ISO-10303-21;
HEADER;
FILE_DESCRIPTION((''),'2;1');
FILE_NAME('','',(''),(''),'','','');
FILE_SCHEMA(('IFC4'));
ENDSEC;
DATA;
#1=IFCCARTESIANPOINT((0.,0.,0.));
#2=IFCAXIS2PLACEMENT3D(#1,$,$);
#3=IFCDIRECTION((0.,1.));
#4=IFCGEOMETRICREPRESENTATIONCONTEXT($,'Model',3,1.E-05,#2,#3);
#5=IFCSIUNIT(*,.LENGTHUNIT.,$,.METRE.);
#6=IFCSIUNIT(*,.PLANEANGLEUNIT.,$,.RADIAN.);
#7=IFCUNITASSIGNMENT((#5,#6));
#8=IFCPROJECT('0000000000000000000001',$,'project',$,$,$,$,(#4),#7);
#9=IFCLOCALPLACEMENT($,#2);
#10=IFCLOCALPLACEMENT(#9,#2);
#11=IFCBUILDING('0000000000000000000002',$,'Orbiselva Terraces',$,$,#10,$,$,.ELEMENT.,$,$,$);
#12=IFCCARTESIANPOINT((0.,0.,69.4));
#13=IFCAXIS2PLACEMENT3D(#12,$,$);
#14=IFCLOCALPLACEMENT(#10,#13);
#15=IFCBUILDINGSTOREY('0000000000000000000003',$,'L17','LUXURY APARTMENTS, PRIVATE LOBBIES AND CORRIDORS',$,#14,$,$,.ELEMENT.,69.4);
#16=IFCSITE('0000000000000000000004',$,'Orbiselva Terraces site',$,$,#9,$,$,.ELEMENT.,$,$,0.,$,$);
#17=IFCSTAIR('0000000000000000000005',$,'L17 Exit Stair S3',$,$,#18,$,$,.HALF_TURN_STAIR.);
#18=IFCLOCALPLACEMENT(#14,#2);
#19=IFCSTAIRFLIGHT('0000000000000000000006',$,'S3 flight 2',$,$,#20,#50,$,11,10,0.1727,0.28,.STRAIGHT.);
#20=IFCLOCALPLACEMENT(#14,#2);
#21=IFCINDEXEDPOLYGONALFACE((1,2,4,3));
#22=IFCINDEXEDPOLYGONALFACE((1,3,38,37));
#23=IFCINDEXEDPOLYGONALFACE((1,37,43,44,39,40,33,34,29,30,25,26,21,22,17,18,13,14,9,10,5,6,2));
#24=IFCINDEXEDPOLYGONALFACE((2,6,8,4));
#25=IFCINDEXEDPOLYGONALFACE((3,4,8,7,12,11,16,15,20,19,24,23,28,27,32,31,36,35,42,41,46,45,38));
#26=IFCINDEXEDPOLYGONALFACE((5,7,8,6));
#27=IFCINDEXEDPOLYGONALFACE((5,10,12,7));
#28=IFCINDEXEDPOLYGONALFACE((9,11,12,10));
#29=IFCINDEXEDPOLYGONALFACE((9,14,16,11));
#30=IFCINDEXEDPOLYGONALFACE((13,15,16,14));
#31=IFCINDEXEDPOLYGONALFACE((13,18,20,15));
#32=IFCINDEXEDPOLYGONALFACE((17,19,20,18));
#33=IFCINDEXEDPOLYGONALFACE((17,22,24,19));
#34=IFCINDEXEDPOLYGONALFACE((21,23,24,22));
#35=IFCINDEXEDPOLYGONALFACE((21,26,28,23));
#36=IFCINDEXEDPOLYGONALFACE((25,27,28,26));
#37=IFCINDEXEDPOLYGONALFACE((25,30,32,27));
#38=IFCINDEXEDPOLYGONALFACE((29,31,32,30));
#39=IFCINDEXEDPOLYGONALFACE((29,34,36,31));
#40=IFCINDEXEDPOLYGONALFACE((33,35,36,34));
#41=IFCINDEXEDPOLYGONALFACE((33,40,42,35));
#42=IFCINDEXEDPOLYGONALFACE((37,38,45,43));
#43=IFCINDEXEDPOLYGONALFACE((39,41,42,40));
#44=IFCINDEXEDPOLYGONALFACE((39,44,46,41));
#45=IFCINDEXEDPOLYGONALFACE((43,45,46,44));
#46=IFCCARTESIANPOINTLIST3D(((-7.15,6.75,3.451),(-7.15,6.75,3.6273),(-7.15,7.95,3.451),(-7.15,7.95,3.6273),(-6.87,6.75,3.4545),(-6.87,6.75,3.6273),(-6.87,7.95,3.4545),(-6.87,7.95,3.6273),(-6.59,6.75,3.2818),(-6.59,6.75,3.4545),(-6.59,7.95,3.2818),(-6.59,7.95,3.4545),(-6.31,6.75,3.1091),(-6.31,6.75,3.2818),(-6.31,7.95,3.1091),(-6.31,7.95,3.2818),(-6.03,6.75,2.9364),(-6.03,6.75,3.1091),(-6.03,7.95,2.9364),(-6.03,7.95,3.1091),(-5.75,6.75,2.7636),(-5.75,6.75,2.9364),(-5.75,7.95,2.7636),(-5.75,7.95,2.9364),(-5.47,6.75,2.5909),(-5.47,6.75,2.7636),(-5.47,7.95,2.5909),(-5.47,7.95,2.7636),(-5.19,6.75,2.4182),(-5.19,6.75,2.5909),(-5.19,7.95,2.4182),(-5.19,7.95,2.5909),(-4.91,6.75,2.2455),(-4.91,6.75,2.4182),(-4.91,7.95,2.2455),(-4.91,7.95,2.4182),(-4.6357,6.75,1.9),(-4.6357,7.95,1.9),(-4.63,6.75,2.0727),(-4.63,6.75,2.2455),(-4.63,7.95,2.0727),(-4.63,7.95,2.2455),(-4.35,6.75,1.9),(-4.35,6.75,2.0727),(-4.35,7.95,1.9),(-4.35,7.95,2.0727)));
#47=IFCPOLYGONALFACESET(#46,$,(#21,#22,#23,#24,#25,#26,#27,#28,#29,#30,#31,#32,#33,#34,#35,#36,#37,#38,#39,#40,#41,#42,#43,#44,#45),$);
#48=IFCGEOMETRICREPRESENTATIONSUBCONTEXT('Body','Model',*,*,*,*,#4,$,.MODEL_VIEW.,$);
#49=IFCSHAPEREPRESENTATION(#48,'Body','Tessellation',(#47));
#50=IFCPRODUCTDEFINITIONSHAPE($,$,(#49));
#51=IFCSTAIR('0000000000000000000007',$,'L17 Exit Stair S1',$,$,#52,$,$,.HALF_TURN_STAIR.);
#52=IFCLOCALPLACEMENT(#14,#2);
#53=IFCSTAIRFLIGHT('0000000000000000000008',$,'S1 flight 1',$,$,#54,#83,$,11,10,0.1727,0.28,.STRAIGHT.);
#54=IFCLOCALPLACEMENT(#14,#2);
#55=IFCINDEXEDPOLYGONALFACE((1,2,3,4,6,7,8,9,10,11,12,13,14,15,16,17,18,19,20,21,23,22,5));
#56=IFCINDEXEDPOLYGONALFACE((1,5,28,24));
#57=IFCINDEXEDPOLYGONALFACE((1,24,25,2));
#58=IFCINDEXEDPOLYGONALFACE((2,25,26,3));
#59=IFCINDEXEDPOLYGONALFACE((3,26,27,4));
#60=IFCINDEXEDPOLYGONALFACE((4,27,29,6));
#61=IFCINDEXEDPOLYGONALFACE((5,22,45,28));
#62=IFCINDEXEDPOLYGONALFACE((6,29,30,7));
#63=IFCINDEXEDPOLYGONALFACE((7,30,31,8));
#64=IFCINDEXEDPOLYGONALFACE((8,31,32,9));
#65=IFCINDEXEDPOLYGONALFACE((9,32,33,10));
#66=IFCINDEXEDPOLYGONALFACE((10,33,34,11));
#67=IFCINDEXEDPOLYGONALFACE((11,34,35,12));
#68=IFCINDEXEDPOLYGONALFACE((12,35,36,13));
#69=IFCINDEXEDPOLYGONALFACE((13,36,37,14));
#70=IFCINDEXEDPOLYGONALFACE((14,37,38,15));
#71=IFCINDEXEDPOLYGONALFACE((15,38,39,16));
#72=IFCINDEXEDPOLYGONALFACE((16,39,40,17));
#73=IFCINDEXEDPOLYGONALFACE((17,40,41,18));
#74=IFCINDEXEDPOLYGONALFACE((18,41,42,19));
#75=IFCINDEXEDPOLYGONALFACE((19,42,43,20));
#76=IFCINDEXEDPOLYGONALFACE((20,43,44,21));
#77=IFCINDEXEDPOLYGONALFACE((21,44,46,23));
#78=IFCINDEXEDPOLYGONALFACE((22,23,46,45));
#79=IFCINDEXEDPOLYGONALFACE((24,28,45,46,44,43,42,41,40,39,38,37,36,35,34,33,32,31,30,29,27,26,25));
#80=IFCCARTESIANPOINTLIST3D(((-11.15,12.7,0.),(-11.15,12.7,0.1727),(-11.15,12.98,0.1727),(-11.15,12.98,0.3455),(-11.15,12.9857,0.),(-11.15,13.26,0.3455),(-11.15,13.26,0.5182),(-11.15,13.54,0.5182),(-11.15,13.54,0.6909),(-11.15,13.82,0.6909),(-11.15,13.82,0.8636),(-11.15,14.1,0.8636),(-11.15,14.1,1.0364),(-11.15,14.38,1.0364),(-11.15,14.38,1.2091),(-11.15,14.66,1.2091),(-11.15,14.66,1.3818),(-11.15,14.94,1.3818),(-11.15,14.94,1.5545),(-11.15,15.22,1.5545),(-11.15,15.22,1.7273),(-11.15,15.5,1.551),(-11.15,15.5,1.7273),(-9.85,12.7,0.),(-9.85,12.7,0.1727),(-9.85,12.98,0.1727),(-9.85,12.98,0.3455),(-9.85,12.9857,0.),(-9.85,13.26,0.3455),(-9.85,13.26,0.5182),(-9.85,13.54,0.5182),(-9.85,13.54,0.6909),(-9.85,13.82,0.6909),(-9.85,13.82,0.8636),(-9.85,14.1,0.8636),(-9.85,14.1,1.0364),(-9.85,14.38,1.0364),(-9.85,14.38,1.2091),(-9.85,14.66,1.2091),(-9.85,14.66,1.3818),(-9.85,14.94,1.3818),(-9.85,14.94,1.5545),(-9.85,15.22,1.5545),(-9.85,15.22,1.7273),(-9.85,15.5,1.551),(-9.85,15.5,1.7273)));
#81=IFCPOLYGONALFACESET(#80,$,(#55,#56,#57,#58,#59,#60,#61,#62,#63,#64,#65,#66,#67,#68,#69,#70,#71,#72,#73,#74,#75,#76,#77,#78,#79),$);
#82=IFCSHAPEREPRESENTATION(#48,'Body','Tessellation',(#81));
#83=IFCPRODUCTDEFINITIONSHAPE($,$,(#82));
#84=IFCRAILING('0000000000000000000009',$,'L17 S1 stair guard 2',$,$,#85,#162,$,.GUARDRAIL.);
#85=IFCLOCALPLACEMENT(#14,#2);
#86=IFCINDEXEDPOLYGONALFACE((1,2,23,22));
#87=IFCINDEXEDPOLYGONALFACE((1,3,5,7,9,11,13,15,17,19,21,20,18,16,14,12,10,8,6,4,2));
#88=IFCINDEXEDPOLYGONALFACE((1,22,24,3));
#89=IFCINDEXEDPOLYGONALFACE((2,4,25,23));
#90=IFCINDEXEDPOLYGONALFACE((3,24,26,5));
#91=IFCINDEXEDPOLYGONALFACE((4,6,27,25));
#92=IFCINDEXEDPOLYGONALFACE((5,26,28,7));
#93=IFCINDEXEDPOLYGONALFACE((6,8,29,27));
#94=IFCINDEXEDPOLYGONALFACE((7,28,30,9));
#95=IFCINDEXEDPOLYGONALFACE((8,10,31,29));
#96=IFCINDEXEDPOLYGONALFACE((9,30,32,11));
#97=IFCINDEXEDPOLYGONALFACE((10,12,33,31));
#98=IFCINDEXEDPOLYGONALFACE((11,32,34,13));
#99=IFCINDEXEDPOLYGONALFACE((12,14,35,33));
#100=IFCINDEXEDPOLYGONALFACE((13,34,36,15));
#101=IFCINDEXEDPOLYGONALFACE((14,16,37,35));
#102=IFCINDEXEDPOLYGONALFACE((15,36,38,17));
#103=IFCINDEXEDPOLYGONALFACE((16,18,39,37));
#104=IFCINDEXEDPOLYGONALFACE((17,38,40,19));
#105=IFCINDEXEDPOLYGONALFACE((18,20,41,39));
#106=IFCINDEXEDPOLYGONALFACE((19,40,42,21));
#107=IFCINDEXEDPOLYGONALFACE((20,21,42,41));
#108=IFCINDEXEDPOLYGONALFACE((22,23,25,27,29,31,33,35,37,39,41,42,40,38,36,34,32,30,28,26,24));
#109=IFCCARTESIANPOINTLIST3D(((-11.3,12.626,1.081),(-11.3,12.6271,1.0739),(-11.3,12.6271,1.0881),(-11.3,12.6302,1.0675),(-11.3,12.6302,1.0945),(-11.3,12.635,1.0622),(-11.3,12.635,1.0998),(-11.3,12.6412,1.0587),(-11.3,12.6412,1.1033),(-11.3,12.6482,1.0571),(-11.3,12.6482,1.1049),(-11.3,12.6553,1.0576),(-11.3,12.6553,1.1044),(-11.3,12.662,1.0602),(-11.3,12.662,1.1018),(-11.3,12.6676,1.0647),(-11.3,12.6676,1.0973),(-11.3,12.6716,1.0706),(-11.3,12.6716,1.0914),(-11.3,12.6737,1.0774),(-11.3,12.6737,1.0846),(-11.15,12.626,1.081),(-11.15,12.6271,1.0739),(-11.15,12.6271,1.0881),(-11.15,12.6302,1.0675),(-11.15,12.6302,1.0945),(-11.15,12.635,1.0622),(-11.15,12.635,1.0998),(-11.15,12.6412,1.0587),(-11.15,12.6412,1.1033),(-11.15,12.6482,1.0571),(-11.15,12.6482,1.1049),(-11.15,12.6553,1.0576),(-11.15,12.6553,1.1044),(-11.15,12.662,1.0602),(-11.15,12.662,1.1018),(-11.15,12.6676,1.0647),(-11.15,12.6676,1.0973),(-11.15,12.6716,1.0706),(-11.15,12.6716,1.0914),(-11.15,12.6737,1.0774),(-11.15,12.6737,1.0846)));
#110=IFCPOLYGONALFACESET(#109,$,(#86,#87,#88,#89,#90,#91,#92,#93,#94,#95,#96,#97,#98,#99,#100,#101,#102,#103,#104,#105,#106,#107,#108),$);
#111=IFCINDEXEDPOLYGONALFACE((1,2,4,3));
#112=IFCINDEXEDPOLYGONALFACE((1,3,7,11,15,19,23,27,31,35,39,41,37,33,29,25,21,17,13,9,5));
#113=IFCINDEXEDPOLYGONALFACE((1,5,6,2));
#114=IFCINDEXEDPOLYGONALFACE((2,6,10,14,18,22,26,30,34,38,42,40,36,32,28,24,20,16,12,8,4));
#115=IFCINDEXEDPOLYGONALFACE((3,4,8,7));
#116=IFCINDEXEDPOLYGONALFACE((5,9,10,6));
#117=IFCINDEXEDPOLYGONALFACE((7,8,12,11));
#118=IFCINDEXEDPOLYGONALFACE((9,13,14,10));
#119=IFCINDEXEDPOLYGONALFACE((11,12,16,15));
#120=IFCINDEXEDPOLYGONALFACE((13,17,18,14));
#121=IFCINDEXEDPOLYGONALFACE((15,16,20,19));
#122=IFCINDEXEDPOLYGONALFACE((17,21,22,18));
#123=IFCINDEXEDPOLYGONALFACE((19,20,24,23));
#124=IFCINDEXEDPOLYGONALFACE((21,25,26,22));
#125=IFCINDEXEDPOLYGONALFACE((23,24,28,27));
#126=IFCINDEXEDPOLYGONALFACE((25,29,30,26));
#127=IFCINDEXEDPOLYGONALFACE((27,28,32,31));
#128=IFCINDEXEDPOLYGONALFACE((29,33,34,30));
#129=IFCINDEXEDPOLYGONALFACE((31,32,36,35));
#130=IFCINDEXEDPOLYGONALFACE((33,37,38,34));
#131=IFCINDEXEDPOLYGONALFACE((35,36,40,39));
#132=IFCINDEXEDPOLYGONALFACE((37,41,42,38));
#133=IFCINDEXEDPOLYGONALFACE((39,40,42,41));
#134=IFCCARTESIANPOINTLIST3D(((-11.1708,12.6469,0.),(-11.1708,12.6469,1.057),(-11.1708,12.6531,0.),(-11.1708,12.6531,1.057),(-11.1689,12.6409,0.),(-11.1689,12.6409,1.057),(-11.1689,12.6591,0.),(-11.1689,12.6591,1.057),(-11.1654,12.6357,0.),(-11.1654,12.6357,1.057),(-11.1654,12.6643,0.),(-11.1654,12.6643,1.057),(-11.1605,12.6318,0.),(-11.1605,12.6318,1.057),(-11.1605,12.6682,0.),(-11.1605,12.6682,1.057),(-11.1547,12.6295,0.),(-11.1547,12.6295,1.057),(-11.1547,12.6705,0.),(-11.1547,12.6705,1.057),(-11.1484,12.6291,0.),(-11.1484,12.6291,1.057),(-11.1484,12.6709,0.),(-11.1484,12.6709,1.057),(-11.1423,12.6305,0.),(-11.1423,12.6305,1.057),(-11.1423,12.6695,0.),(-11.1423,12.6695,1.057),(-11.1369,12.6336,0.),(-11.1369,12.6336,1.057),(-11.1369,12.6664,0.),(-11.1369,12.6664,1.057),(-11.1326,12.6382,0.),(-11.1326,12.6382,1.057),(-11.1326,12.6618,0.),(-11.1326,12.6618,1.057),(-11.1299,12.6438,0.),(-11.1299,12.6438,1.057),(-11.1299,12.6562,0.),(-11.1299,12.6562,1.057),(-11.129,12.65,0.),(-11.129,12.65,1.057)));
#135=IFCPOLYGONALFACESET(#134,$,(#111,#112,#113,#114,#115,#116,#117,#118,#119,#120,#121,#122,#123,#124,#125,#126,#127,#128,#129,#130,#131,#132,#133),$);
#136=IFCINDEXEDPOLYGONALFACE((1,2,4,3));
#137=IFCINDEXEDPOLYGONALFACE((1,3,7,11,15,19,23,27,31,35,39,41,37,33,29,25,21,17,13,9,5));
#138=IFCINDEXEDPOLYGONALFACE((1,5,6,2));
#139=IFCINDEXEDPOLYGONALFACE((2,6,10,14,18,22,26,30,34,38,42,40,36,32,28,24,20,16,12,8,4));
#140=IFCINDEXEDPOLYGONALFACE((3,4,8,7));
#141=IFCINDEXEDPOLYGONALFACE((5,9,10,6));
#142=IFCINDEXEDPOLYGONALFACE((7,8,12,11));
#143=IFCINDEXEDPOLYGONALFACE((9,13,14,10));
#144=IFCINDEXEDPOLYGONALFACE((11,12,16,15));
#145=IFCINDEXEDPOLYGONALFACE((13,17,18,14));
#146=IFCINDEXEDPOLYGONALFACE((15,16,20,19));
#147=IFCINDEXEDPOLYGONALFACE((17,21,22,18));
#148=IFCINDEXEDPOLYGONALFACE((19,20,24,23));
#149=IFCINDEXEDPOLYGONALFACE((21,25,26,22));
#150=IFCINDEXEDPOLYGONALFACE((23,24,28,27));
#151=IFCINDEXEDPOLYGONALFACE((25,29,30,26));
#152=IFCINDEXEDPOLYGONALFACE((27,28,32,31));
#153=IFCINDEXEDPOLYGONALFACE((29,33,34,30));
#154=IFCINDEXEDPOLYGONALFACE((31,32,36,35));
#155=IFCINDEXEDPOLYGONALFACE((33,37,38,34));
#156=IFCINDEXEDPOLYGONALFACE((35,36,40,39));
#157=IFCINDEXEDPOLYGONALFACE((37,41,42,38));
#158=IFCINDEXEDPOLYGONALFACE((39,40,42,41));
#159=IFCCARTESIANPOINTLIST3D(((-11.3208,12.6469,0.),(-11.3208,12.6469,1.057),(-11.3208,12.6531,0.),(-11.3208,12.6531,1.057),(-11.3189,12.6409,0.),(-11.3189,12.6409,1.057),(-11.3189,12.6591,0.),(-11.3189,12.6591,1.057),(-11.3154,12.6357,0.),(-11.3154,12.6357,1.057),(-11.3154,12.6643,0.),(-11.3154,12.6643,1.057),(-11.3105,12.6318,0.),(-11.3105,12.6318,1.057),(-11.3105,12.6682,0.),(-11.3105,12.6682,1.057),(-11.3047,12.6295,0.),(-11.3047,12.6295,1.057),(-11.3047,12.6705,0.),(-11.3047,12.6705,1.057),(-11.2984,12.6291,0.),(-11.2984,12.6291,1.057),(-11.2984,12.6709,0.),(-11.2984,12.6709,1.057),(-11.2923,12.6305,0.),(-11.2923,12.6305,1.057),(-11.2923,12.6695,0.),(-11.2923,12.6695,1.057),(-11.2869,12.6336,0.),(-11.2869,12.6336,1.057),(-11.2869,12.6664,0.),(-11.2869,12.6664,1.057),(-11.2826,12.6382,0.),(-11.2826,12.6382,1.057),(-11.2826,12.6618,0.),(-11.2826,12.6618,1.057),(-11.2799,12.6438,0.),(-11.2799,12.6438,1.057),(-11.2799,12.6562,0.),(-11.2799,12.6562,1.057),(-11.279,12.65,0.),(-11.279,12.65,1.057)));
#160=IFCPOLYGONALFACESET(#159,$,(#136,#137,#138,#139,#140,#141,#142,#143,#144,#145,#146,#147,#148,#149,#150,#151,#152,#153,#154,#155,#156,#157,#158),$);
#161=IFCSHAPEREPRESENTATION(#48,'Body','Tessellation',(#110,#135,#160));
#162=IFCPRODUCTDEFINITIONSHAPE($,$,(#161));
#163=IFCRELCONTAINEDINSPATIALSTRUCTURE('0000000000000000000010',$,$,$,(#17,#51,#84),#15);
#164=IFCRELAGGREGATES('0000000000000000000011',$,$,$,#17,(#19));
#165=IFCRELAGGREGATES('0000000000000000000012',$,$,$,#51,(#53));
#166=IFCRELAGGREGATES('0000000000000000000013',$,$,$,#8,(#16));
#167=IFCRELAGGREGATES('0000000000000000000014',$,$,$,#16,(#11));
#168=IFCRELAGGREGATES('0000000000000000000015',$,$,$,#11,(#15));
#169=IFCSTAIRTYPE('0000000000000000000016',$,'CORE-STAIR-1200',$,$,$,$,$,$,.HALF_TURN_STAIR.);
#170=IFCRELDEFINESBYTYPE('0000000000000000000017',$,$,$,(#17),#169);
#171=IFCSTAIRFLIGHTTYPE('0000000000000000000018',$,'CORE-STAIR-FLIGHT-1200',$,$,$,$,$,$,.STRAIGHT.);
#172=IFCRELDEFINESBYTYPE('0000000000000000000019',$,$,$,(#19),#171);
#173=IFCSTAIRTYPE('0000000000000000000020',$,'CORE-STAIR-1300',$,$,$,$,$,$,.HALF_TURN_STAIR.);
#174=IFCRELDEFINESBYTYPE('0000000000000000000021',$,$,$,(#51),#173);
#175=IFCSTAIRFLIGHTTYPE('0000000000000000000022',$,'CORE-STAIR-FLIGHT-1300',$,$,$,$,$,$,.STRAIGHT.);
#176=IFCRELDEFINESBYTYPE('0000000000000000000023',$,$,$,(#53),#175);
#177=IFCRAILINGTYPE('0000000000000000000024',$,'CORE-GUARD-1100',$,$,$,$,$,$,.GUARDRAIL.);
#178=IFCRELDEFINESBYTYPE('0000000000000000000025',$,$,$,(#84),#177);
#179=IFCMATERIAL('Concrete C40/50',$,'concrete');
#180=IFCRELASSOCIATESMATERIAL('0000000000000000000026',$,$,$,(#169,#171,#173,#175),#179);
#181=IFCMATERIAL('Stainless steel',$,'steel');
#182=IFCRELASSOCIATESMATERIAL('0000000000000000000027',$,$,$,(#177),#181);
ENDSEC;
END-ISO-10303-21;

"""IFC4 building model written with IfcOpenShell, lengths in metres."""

from ifc_helpers import new_model, si_unit, direction, frame, origin, origin_2d, place, context, subcontext, project, spatial, polyline, circle, outline, extrude, material, type_object, element, aggregate, save


model = new_model("IFC4")

# Units and contexts
model_context = context("Model", 3, precision=1e-05, world=origin(), true_north=direction((0.0, 1.0)))
body_context = subcontext(model_context, "Body", "Model", "MODEL_VIEW")
ifc_project = project(units=[si_unit("LENGTHUNIT", "METRE"), si_unit("PLANEANGLEUNIT", "RADIAN")], contexts=[model_context])

# Site, building, storey
site_placement = place(None, origin())
site = spatial("IfcSite", under=ifc_project, at=site_placement, Name="Orbiselva Terraces site", CompositionType="ELEMENT", RefElevation=0.0)
building_placement = place(site_placement, origin())
building = spatial("IfcBuilding", under=site, at=building_placement, Name="Orbiselva Terraces", CompositionType="ELEMENT")
storey_placement = place(building_placement, frame((0.0, 0.0, 69.4)))
storey = spatial("IfcBuildingStorey", under=building, at=storey_placement, Name="L17", Description="LUXURY APARTMENTS, PRIVATE LOBBIES AND CORRIDORS", CompositionType="ELEMENT", Elevation=69.4)

# Stair, stair flight
ifc_material_1 = material(Name="Concrete C40/50", Category="concrete")
stair_type_1 = type_object("IfcStairType", Name="CORE-STAIR-1200", PredefinedType="HALF_TURN_STAIR", material=ifc_material_1)
stair_1_placement = place(storey_placement, origin())
stair_1 = element("IfcStair", 1, at=stair_1_placement, inside=storey, type_object=stair_type_1, Name="L17 Exit Stair S3", PredefinedType="HALF_TURN_STAIR")
stair_flight_type_1 = type_object("IfcStairFlightType", Name="CORE-STAIR-FLIGHT-1200", PredefinedType="STRAIGHT", material=ifc_material_1)
stair_flight_1_placement = place(storey_placement, frame((-4.35, 7.35, 1.9), z_axis=(0.0, 0.0, 1.0), x_axis=(-1.0, 0.0, 0.0)))
stair_flight_1 = element("IfcStairFlight", 2, at=stair_flight_1_placement, type_object=stair_flight_type_1, Name="S3 flight 2", NumberOfRisers=11, NumberOfTreads=10, PredefinedType="STRAIGHT", RiserHeight=0.1727, TreadLength=0.28, context=body_context, shape_type="SweptSolid", body=[
    extrude(outline(polyline([(0.0, 0.0), (0.0, 0.1727), (0.28, 0.1727), (0.28, 0.3455), (0.56, 0.3455), (0.56, 0.5182), (0.84, 0.5182), (0.84, 0.6909), (1.12, 0.6909), (1.12, 0.8636), (1.4, 0.8636), (1.4, 1.0364), (1.68, 1.0364), (1.68, 1.2091), (1.96, 1.2091), (1.96, 1.3818), (2.24, 1.3818), (2.24, 1.5545), (2.52, 1.5545), (2.52, 1.7273), (2.8, 1.7273), (2.8, 1.9), (2.8, 1.551), (0.2857, 0.0), (0.0, 0.0)])), frame((0.0, 0.6, 0.0), z_axis=(0.0, -1.0, 0.0), x_axis=(1.0, 0.0, 0.0)), (0.0, 0.0, 1.0), 1.2),
])
aggregate(stair_1, [stair_flight_1])

# Stair, stair flight
stair_type_2 = type_object("IfcStairType", Name="CORE-STAIR-1300", PredefinedType="HALF_TURN_STAIR", material=ifc_material_1)
stair_2_placement = place(storey_placement, origin())
stair_2 = element("IfcStair", 3, at=stair_2_placement, inside=storey, type_object=stair_type_2, Name="L17 Exit Stair S1", PredefinedType="HALF_TURN_STAIR")
stair_flight_type_2 = type_object("IfcStairFlightType", Name="CORE-STAIR-FLIGHT-1300", PredefinedType="STRAIGHT", material=ifc_material_1)
stair_flight_2_placement = place(storey_placement, frame((-10.5, 12.7, 0.0), z_axis=(0.0, 0.0, 1.0), x_axis=(0.0, 1.0, 0.0)))
stair_flight_2 = element("IfcStairFlight", 4, at=stair_flight_2_placement, type_object=stair_flight_type_2, Name="S1 flight 1", NumberOfRisers=11, NumberOfTreads=10, PredefinedType="STRAIGHT", RiserHeight=0.1727, TreadLength=0.28, context=body_context, shape_type="SweptSolid", body=[
    extrude(outline(polyline([(0.0, 0.0), (0.0, 0.1727), (0.28, 0.1727), (0.28, 0.3455), (0.56, 0.3455), (0.56, 0.5182), (0.84, 0.5182), (0.84, 0.6909), (1.12, 0.6909), (1.12, 0.8636), (1.4, 0.8636), (1.4, 1.0364), (1.68, 1.0364), (1.68, 1.2091), (1.96, 1.2091), (1.96, 1.3818), (2.24, 1.3818), (2.24, 1.5545), (2.52, 1.5545), (2.52, 1.7273), (2.8, 1.7273), (2.8, 1.9), (2.8, 1.551), (0.2857, 0.0), (0.0, 0.0)])), frame((0.0, 0.65, 0.0), z_axis=(0.0, -1.0, 0.0), x_axis=(1.0, 0.0, 0.0)), (0.0, 0.0, 1.0), 1.3),
])
aggregate(stair_2, [stair_flight_2])

# Railing
ifc_material_2 = material(Name="Stainless steel", Category="steel")
railing_type_1 = type_object("IfcRailingType", Name="CORE-GUARD-1100", PredefinedType="GUARDRAIL", material=ifc_material_2)
railing_1_placement = place(storey_placement, frame((-11.15, 12.65, 0.0)))
element("IfcRailing", 5, at=railing_1_placement, inside=storey, type_object=railing_type_1, Name="L17 S1 stair guard 2", PredefinedType="GUARDRAIL", context=body_context, shape_type="SweptSolid", body=[
    extrude(circle(Radius=0.024, at=origin_2d()), frame((0.0, 0.0, 1.081), z_axis=(-1.0, 0.0, 0.0), x_axis=(0.0, -1.0, 0.0)), (0.0, 0.0, 1.0), 0.15),
    extrude(circle(Radius=0.021, at=origin_2d()), origin(), (0.0, 0.0, 1.0), 1.057),
    extrude(circle(Radius=0.021, at=origin_2d()), frame((-0.15, 0.0, 0.0)), (0.0, 0.0, 1.0), 1.057),
])

save(model, "model.ifc")
